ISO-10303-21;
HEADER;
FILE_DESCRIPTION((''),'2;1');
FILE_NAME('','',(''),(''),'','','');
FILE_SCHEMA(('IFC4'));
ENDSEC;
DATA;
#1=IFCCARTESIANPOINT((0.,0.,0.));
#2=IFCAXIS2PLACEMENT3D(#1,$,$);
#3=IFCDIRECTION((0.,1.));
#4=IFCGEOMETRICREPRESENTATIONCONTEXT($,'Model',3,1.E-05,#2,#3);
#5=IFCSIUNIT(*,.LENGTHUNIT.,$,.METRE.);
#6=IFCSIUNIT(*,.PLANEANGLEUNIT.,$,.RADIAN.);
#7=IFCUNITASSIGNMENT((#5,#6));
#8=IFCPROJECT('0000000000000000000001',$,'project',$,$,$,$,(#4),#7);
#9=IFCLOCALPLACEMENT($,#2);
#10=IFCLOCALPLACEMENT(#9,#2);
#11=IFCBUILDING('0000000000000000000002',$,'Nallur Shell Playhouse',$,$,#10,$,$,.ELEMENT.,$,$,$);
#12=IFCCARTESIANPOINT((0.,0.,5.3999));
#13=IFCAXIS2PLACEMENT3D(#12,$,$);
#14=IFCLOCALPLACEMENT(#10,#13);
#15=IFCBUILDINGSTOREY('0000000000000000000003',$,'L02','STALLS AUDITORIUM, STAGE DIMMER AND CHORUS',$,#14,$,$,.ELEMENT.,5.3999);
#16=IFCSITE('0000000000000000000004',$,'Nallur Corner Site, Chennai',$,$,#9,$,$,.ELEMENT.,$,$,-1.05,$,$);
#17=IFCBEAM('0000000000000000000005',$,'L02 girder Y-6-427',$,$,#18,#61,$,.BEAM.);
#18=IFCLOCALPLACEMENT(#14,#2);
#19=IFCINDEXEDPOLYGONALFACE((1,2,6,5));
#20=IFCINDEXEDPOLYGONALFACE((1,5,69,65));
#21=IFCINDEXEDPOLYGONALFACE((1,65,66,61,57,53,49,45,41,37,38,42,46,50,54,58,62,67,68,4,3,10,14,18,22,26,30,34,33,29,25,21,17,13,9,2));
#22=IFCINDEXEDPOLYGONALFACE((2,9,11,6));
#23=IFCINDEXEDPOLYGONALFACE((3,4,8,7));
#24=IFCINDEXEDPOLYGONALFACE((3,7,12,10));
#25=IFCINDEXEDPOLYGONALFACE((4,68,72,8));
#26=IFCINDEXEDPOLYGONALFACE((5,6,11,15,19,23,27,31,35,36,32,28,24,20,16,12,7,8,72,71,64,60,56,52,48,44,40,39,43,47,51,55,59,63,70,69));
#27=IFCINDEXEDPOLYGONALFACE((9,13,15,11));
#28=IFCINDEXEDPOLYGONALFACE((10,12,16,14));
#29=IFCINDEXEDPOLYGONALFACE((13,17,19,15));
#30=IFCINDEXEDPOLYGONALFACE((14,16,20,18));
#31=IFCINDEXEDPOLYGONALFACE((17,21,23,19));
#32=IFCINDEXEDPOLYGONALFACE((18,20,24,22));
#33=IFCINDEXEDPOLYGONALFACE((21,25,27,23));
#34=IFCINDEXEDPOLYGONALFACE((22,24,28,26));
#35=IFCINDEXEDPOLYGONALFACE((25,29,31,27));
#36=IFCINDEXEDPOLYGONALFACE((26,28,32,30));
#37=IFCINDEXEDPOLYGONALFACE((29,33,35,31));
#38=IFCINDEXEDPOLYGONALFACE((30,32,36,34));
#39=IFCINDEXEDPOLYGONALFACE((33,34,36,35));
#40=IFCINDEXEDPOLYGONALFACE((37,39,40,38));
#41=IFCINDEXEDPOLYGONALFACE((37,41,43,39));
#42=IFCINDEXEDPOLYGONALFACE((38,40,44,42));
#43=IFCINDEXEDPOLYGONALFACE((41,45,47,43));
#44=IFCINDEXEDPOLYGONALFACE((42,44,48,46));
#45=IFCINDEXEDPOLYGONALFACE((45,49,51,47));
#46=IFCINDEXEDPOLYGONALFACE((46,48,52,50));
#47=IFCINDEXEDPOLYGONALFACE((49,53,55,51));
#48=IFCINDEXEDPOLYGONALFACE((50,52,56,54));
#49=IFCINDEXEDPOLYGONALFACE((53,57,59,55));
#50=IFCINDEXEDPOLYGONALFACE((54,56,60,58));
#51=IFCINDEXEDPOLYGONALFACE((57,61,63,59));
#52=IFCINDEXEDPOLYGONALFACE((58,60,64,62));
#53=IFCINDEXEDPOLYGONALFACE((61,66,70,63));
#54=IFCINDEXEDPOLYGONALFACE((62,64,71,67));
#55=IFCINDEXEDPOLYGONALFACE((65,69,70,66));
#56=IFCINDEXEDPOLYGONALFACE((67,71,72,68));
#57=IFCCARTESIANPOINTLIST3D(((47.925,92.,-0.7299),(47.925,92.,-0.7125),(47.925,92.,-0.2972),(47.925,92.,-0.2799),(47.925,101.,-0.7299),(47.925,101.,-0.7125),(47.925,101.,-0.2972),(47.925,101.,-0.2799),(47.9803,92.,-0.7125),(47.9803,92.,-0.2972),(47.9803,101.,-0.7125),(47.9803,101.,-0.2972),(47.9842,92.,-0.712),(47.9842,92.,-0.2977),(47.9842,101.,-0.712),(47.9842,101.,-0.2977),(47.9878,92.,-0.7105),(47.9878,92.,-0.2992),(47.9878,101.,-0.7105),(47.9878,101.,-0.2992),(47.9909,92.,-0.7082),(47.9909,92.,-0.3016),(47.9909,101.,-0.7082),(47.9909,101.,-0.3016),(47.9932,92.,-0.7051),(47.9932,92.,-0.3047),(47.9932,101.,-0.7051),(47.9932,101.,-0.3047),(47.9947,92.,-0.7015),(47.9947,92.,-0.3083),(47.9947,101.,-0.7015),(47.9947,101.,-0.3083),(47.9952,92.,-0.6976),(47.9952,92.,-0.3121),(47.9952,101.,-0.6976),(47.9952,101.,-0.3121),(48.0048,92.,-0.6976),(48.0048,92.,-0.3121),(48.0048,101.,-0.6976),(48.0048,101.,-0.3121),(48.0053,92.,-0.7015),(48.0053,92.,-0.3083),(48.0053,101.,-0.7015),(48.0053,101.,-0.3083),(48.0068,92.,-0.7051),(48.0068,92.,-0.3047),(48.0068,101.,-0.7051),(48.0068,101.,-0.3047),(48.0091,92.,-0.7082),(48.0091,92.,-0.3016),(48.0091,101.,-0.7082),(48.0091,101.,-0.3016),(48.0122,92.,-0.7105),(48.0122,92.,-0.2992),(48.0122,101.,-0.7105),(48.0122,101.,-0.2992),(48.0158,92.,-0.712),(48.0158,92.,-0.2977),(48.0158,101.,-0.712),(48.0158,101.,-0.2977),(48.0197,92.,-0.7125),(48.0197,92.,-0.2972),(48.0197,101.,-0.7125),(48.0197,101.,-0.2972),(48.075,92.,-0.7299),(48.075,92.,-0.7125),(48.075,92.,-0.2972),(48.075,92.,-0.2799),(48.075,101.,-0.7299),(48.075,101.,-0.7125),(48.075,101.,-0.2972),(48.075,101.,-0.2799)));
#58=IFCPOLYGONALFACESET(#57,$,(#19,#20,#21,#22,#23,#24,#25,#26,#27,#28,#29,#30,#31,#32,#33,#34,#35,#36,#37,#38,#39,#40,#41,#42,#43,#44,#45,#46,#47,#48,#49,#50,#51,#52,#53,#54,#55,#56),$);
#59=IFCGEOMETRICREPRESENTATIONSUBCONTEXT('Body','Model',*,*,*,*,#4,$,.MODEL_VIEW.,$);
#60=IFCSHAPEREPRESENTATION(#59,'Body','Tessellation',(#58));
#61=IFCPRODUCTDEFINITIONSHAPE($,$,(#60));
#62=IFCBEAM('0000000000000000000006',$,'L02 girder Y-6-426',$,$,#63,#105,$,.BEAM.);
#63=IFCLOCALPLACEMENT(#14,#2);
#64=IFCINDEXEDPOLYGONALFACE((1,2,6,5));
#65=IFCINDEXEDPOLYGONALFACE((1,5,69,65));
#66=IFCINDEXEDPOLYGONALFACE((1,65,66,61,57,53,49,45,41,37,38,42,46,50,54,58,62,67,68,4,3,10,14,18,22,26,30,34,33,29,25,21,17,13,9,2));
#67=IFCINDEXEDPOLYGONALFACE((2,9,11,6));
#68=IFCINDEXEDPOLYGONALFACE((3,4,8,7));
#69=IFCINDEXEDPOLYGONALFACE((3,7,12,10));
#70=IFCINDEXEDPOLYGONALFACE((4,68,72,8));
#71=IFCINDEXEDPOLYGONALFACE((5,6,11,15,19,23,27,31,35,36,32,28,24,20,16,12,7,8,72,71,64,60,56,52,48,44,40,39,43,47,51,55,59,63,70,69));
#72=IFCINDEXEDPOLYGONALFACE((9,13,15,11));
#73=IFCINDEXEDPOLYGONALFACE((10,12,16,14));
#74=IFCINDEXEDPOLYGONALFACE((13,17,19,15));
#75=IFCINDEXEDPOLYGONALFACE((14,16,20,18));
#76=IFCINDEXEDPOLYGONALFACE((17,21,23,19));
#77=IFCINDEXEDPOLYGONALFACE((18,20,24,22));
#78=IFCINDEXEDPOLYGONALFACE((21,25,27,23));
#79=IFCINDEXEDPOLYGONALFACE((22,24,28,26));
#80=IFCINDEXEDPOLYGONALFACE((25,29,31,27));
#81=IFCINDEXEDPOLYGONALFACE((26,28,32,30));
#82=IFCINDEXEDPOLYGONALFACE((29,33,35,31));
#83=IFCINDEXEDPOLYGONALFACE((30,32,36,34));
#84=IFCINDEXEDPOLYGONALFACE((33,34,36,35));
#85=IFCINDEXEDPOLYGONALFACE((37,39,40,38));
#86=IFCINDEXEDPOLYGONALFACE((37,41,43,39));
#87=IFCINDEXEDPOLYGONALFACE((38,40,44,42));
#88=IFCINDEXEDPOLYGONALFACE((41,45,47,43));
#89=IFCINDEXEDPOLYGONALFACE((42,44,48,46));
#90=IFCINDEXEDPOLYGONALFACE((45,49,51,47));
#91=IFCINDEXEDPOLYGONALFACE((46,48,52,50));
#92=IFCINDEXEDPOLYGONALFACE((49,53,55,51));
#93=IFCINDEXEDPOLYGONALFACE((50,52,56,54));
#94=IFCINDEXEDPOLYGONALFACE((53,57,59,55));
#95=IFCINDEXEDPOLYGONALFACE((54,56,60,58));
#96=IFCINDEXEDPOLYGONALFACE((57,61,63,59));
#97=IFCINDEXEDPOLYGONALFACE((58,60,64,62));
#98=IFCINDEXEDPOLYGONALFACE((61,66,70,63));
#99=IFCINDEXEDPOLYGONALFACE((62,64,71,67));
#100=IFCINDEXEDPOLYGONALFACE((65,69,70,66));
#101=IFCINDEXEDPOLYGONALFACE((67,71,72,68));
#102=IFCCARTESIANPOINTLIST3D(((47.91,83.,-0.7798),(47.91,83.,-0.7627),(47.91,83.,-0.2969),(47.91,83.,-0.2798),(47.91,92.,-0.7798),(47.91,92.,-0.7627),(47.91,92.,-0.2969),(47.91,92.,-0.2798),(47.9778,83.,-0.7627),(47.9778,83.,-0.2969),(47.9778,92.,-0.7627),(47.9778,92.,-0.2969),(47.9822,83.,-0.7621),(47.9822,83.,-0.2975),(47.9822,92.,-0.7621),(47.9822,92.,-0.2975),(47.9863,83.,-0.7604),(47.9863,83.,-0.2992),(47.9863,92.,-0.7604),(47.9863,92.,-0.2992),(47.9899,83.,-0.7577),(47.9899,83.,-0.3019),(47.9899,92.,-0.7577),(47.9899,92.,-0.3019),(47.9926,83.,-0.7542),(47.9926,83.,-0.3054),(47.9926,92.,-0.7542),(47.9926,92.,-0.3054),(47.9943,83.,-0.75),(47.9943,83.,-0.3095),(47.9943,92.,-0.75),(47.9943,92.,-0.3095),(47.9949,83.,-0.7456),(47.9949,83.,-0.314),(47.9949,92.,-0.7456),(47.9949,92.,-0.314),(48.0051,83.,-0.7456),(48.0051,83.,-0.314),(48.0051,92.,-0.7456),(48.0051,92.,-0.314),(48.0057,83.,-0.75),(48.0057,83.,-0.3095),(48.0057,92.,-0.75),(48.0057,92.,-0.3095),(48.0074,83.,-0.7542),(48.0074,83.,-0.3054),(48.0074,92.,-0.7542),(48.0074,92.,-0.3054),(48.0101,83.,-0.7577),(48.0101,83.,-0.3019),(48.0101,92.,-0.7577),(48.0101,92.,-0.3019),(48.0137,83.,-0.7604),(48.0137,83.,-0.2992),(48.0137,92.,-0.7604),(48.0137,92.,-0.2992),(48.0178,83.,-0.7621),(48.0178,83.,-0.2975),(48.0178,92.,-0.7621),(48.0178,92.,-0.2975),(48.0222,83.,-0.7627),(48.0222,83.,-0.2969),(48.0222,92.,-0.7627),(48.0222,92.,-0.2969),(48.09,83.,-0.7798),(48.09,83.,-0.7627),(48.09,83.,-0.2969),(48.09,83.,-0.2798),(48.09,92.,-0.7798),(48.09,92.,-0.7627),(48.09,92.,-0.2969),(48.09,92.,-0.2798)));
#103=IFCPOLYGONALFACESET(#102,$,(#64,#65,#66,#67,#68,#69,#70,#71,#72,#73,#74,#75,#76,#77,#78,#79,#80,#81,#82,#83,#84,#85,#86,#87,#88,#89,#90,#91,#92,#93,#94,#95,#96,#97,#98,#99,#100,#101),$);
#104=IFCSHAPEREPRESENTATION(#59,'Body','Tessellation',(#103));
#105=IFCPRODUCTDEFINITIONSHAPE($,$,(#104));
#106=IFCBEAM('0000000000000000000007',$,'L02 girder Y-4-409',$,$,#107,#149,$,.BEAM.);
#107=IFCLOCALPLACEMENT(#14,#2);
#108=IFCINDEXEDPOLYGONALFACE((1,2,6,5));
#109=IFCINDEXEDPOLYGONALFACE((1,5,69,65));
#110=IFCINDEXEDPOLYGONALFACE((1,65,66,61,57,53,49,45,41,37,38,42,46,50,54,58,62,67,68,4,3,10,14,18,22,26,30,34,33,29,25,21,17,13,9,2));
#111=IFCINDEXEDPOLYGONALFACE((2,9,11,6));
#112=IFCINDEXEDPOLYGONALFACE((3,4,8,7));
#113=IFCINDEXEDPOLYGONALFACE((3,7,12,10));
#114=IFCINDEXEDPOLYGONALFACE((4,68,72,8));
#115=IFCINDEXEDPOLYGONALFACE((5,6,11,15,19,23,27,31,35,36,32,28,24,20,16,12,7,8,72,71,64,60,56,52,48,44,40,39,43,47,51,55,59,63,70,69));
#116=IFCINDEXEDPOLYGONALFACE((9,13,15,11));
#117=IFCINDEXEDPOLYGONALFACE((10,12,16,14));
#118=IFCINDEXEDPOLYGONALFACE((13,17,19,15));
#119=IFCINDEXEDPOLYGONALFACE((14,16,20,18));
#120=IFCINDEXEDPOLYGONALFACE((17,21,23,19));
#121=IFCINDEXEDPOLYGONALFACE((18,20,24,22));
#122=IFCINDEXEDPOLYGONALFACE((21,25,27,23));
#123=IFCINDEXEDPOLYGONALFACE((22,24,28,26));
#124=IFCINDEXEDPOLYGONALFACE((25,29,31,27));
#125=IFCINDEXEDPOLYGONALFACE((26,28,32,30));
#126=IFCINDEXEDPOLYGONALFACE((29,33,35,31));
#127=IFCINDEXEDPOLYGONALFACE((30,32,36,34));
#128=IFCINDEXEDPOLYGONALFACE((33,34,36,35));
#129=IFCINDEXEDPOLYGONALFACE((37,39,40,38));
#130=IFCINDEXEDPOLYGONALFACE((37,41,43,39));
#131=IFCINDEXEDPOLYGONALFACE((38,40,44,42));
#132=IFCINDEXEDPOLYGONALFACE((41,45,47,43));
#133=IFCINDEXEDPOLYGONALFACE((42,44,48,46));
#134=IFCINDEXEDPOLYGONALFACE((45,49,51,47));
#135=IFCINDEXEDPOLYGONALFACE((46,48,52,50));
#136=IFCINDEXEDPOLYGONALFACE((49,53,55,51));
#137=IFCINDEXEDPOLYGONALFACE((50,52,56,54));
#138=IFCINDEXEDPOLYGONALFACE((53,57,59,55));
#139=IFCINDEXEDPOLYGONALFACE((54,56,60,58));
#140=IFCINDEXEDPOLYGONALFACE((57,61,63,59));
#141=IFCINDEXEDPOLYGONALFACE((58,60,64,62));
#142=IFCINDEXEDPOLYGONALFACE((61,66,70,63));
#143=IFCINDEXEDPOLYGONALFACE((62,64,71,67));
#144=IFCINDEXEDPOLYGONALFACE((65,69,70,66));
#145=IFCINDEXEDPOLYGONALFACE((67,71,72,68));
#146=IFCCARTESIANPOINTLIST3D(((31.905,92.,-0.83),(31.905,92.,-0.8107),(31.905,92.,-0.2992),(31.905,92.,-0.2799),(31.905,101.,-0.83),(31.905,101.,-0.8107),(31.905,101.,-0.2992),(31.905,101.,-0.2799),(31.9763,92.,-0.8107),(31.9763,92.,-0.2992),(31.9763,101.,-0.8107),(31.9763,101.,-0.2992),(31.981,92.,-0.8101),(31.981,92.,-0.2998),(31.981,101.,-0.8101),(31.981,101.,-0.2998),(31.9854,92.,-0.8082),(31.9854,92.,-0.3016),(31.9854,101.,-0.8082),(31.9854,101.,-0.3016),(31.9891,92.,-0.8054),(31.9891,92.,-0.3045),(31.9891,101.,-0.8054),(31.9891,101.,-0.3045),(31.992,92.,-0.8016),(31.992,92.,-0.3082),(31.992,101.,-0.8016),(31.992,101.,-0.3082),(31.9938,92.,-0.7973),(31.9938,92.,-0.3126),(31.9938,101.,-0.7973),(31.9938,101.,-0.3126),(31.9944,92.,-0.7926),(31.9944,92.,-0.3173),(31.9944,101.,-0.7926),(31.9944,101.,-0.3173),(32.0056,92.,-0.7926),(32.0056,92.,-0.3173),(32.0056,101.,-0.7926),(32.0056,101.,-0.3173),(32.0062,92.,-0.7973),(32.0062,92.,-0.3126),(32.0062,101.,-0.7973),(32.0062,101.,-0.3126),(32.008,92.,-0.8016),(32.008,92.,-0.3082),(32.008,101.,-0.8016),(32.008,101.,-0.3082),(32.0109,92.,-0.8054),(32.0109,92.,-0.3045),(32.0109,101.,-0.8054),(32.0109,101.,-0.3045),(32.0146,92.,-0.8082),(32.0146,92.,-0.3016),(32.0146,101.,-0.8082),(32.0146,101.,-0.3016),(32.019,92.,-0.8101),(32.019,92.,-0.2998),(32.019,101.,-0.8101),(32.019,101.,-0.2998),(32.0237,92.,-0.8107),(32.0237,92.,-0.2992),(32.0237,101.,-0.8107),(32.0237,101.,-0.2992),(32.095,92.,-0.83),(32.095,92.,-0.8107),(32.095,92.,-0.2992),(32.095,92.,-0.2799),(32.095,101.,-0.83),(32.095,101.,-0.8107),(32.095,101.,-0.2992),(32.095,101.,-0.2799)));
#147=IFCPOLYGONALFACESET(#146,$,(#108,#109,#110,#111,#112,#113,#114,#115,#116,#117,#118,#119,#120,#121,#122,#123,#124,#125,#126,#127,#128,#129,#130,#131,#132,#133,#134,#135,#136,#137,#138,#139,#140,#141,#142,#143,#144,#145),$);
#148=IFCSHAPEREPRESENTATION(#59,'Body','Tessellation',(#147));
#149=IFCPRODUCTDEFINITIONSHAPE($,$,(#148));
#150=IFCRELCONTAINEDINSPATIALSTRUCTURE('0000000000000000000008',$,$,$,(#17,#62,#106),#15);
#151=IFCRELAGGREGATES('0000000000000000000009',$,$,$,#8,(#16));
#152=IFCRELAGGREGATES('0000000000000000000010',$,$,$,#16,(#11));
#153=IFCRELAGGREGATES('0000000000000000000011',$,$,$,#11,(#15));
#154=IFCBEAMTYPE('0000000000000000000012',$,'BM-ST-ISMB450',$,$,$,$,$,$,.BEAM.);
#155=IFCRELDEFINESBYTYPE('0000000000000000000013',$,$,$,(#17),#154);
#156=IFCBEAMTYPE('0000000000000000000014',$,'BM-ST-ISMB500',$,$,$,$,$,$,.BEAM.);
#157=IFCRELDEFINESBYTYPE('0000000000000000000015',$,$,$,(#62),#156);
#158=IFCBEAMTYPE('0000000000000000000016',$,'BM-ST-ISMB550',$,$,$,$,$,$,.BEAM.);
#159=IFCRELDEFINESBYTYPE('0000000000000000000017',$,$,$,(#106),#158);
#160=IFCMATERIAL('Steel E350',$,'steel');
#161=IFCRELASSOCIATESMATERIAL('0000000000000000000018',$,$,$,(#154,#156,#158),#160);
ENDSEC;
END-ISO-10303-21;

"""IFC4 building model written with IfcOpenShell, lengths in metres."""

from ifc_helpers import new_model, si_unit, direction, frame, origin, origin_2d, place, context, subcontext, project, spatial, i_section, extrude, material, material_profile, profile_set, type_object, element, save


model = new_model("IFC4")

# Units and contexts
model_context = context("Model", 3, precision=1e-05, world=origin(), true_north=direction((0.0, 1.0)))
body_context = subcontext(model_context, "Body", "Model", "MODEL_VIEW")
ifc_project = project(units=[si_unit("LENGTHUNIT", "METRE"), si_unit("PLANEANGLEUNIT", "RADIAN")], contexts=[model_context])

# Site, building, storey
site_placement = place(None, origin())
site = spatial("IfcSite", under=ifc_project, at=site_placement, Name="Nallur Corner Site, Chennai", CompositionType="ELEMENT", RefElevation=-1.05)
building_placement = place(site_placement, origin())
building = spatial("IfcBuilding", under=site, at=building_placement, Name="Nallur Shell Playhouse", CompositionType="ELEMENT")
storey_placement = place(building_placement, frame((0.0, 0.0, 5.3999)))
storey = spatial("IfcBuildingStorey", under=building, at=storey_placement, Name="L02", Description="STALLS AUDITORIUM, STAGE DIMMER AND CHORUS", CompositionType="ELEMENT", Elevation=5.3999)

# Beams
ifc_material_1 = material(Name="Steel E350", Category="steel")
ifc_material_profile_1 = material_profile(ifc_material_1, i_section(OverallWidth=0.1499, OverallDepth=0.45, WebThickness=0.0095, FlangeThickness=0.0173, FilletRadius=0.0149, at=origin_2d()), Name="ISMB 450")
ifc_profile_set_1 = profile_set([ifc_material_profile_1], Name="Steel E350")
beam_type_1 = type_object("IfcBeamType", Name="BM-ST-ISMB450", PredefinedType="BEAM", material=ifc_profile_set_1)
beam_1_placement = place(storey_placement, frame((48.0, 92.0, -0.5049), z_axis=(0.0, 1.0, 0.0), x_axis=(-1.0, 0.0, 0.0)))
element("IfcBeam", 1, at=beam_1_placement, inside=storey, type_object=beam_type_1, Name="L02 girder Y-6-427", PredefinedType="BEAM", context=body_context, shape_type="SweptSolid", body=[
    extrude(i_section(OverallWidth=0.1499, OverallDepth=0.45, WebThickness=0.0095, FlangeThickness=0.0173, FilletRadius=0.0149, at=origin_2d()), origin(), (0.0, 0.0, 1.0), 9.0),
])
ifc_material_profile_2 = material_profile(ifc_material_1, i_section(OverallWidth=0.1799, OverallDepth=0.5, WebThickness=0.0103, FlangeThickness=0.0171, FilletRadius=0.0171, at=origin_2d()), Name="ISMB 500")
ifc_profile_set_2 = profile_set([ifc_material_profile_2], Name="Steel E350")
beam_type_2 = type_object("IfcBeamType", Name="BM-ST-ISMB500", PredefinedType="BEAM", material=ifc_profile_set_2)
beam_2_placement = place(storey_placement, frame((48.0, 83.0, -0.5298), z_axis=(0.0, 1.0, 0.0), x_axis=(-1.0, 0.0, 0.0)))
element("IfcBeam", 2, at=beam_2_placement, inside=storey, type_object=beam_type_2, Name="L02 girder Y-6-426", PredefinedType="BEAM", context=body_context, shape_type="SweptSolid", body=[
    extrude(i_section(OverallWidth=0.1799, OverallDepth=0.5, WebThickness=0.0103, FlangeThickness=0.0171, FilletRadius=0.0171, at=origin_2d()), origin(), (0.0, 0.0, 1.0), 9.0),
])
ifc_material_profile_3 = material_profile(ifc_material_1, i_section(OverallWidth=0.1899, OverallDepth=0.55, WebThickness=0.0112, FlangeThickness=0.0193, FilletRadius=0.0181, at=origin_2d()), Name="ISMB 550")
ifc_profile_set_3 = profile_set([ifc_material_profile_3], Name="Steel E350")
beam_type_3 = type_object("IfcBeamType", Name="BM-ST-ISMB550", PredefinedType="BEAM", material=ifc_profile_set_3)
beam_3_placement = place(storey_placement, frame((32.0, 92.0, -0.5549), z_axis=(0.0, 1.0, 0.0), x_axis=(-1.0, 0.0, 0.0)))
element("IfcBeam", 3, at=beam_3_placement, inside=storey, type_object=beam_type_3, Name="L02 girder Y-4-409", PredefinedType="BEAM", context=body_context, shape_type="SweptSolid", body=[
    extrude(i_section(OverallWidth=0.1899, OverallDepth=0.55, WebThickness=0.0112, FlangeThickness=0.0193, FilletRadius=0.0181, at=origin_2d()), origin(), (0.0, 0.0, 1.0), 9.0),
])

save(model, "model.ifc")
